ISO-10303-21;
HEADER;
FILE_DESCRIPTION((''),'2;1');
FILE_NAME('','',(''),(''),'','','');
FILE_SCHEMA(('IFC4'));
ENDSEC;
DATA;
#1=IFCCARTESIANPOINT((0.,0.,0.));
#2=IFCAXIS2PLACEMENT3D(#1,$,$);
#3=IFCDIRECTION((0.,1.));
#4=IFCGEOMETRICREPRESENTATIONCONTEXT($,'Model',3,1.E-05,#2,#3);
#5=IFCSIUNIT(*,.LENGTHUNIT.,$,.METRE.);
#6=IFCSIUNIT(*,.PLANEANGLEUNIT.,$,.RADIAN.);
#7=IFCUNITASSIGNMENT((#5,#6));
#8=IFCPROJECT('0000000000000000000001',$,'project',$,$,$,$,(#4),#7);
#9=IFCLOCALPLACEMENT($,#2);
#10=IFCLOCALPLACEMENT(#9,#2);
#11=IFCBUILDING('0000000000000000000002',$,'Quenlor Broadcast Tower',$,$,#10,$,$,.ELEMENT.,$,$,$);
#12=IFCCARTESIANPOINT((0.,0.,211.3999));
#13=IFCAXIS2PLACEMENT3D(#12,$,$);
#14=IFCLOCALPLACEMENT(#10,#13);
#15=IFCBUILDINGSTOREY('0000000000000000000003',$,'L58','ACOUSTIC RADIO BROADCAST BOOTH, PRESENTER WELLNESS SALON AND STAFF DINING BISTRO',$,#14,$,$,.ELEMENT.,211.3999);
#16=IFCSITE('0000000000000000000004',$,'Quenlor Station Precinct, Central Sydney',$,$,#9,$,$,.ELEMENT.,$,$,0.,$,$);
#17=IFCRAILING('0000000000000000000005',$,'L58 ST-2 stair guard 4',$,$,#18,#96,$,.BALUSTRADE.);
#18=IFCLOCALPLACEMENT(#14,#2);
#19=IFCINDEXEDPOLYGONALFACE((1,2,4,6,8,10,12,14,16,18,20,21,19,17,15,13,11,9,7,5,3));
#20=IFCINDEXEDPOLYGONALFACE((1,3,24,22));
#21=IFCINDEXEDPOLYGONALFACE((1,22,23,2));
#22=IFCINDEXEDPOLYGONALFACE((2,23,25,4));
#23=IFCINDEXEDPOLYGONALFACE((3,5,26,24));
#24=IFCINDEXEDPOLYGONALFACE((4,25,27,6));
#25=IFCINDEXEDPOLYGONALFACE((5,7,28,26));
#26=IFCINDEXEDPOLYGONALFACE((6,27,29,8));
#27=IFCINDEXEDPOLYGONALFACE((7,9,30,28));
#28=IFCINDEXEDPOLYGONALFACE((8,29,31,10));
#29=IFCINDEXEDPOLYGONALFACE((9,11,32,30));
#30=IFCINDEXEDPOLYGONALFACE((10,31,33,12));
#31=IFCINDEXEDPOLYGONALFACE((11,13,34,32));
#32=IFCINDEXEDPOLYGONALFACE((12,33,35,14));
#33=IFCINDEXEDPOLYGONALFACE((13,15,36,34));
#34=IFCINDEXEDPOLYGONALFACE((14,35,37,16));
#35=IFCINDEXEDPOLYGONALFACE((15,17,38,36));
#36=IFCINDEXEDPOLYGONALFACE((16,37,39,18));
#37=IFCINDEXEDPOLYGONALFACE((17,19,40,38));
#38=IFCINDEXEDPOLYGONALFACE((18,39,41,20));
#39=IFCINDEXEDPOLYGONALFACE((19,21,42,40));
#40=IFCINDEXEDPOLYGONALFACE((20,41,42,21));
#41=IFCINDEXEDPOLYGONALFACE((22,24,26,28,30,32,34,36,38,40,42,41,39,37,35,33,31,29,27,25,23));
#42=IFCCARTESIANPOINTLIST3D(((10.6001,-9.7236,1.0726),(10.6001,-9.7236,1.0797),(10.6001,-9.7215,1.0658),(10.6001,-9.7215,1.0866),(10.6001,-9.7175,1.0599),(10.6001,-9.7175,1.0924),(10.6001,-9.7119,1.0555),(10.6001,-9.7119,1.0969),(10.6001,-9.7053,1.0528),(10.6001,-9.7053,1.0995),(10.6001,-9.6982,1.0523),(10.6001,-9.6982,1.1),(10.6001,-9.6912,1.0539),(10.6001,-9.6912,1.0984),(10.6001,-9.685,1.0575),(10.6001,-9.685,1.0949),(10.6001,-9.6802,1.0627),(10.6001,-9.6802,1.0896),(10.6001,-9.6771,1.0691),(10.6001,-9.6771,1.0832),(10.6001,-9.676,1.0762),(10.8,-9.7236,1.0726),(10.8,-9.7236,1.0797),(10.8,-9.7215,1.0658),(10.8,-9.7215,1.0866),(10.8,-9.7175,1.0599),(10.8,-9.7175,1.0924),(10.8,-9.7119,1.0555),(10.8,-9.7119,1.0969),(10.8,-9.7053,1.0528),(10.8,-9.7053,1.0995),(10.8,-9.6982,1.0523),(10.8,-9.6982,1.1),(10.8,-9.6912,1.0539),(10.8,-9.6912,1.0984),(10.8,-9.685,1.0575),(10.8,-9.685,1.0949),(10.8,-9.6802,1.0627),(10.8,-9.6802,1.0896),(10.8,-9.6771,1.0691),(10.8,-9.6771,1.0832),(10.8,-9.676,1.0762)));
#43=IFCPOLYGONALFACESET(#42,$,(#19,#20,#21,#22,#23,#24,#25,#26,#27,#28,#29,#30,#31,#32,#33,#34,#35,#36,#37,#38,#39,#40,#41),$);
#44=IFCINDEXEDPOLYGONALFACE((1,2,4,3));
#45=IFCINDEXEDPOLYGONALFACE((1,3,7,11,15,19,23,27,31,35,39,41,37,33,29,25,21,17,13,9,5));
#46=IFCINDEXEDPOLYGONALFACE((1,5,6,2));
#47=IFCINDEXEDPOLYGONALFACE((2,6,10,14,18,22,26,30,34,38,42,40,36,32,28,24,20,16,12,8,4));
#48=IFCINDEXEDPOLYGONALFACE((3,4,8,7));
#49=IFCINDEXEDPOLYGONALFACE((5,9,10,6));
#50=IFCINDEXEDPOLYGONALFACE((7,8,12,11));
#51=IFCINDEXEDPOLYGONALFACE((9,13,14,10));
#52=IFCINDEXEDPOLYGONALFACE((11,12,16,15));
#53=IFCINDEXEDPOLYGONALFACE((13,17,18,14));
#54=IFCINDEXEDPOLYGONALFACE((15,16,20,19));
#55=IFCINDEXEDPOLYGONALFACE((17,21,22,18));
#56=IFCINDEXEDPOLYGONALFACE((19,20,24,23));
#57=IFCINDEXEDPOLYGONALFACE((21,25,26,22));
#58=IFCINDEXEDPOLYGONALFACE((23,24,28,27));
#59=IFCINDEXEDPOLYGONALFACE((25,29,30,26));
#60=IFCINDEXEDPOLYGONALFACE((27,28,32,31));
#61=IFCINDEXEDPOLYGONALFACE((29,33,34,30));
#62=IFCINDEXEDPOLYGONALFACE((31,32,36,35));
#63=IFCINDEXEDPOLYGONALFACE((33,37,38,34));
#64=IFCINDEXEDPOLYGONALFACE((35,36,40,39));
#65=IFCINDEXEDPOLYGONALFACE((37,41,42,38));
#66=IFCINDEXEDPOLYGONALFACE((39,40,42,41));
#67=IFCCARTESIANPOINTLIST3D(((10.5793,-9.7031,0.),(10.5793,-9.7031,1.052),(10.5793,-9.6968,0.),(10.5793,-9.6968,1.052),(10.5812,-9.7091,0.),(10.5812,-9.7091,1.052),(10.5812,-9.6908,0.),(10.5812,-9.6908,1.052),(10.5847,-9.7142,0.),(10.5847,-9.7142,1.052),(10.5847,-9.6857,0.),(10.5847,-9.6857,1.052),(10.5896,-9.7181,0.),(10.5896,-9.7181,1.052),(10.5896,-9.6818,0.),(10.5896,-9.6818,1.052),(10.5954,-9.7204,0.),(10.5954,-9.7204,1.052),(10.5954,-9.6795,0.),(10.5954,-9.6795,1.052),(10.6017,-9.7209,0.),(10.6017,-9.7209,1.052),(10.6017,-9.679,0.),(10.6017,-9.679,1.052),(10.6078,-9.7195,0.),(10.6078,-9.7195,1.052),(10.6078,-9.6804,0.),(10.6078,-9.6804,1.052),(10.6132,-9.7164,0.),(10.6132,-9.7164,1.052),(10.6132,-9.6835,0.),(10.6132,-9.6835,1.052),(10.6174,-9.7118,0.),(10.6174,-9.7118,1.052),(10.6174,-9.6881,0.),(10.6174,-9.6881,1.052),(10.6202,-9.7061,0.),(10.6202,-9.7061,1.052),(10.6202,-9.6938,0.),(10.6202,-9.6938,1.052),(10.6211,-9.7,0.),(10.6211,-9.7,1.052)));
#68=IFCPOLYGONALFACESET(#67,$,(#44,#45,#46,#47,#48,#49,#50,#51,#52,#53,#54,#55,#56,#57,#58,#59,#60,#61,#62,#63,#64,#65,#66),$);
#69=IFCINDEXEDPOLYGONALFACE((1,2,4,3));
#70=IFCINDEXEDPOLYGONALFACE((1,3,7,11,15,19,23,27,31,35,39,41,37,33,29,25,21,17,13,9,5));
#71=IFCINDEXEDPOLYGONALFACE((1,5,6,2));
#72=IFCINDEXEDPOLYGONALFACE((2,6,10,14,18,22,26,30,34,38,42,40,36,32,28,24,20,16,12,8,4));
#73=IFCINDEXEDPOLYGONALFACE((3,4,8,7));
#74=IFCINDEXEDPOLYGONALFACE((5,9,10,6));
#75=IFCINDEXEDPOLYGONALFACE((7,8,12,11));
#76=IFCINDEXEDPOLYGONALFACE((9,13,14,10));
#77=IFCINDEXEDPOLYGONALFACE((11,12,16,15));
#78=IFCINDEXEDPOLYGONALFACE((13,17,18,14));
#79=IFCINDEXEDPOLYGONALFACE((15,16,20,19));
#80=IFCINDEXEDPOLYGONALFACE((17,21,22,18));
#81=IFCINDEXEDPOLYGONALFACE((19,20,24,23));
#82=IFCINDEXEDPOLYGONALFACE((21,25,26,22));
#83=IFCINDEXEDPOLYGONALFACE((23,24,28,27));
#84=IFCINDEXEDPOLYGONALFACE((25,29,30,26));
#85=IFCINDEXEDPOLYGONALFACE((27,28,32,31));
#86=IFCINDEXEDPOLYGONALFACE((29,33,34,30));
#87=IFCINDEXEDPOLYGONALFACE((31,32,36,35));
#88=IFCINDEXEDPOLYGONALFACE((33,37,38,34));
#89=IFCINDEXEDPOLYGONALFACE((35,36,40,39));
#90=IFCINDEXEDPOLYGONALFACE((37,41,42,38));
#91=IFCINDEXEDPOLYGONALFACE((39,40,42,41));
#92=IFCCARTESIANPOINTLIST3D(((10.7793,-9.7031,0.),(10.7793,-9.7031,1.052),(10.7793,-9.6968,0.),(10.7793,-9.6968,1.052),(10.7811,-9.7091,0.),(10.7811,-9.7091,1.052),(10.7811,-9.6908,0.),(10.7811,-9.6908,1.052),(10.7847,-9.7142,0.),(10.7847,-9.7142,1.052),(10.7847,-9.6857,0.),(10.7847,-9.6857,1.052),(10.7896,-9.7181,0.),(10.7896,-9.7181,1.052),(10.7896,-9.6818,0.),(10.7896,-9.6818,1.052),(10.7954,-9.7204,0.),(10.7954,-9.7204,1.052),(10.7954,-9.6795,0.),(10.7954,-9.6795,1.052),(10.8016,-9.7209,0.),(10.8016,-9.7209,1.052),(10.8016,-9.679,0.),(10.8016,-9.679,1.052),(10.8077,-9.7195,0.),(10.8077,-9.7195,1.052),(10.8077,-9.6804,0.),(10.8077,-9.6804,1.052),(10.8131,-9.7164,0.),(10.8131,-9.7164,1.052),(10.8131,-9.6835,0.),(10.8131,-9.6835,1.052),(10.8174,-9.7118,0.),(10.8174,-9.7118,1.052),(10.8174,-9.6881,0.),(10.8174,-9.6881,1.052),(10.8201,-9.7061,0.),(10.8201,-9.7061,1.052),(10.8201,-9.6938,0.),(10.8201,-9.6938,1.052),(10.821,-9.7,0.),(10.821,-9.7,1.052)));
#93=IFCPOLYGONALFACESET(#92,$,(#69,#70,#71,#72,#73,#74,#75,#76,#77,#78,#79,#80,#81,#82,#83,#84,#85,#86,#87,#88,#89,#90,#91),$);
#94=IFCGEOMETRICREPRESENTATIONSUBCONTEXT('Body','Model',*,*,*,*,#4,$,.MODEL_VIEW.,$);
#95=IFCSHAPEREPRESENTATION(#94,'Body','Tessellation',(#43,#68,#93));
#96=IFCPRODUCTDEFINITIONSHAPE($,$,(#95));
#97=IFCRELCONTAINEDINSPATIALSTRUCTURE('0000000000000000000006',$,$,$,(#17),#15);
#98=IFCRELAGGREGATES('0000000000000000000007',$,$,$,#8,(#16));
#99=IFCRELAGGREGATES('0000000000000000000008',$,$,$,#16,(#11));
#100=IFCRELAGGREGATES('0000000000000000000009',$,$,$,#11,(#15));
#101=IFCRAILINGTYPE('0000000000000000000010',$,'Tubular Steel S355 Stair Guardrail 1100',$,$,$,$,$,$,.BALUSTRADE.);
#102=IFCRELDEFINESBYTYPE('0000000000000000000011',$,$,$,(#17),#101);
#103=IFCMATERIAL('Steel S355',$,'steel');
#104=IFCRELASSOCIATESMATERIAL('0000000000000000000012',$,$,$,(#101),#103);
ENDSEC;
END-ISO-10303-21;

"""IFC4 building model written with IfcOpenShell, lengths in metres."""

from ifc_helpers import new_model, si_unit, direction, frame, origin, origin_2d, place, context, subcontext, project, spatial, circle, extrude, material, type_object, element, save


model = new_model("IFC4")

# Units and contexts
model_context = context("Model", 3, precision=1e-05, world=origin(), true_north=direction((0.0, 1.0)))
body_context = subcontext(model_context, "Body", "Model", "MODEL_VIEW")
ifc_project = project(units=[si_unit("LENGTHUNIT", "METRE"), si_unit("PLANEANGLEUNIT", "RADIAN")], contexts=[model_context])

# Site, building, storey
site_placement = place(None, origin())
site = spatial("IfcSite", under=ifc_project, at=site_placement, Name="Quenlor Station Precinct, Central Sydney", CompositionType="ELEMENT", RefElevation=0.0)
building_placement = place(site_placement, origin())
building = spatial("IfcBuilding", under=site, at=building_placement, Name="Quenlor Broadcast Tower", CompositionType="ELEMENT")
storey_placement = place(building_placement, frame((0.0, 0.0, 211.3999)))
storey = spatial("IfcBuildingStorey", under=building, at=storey_placement, Name="L58", Description="ACOUSTIC RADIO BROADCAST BOOTH, PRESENTER WELLNESS SALON AND STAFF DINING BISTRO", CompositionType="ELEMENT", Elevation=211.3999)

# Railing
ifc_material_1 = material(Name="Steel S355", Category="steel")
railing_type_1 = type_object("IfcRailingType", Name="Tubular Steel S355 Stair Guardrail 1100", PredefinedType="BALUSTRADE", material=ifc_material_1)
railing_1_placement = place(storey_placement, frame((10.6001, -9.7, 0.0)))
element("IfcRailing", 1, at=railing_1_placement, inside=storey, type_object=railing_type_1, Name="L58 ST-2 stair guard 4", PredefinedType="BALUSTRADE", context=body_context, shape_type="SweptSolid", body=[
    extrude(circle(Radius=0.0239, at=origin_2d()), frame((0.0, 0.0, 1.0762), z_axis=(1.0, 0.0, 0.0), x_axis=(0.0, 1.0, 0.0)), (0.0, 0.0, 1.0), 0.2),
    extrude(circle(Radius=0.021, at=origin_2d()), origin(), (0.0, 0.0, 1.0), 1.052),
    extrude(circle(Radius=0.021, at=origin_2d()), frame((0.2, 0.0, 0.0)), (0.0, 0.0, 1.0), 1.052),
])

save(model, "model.ifc")
